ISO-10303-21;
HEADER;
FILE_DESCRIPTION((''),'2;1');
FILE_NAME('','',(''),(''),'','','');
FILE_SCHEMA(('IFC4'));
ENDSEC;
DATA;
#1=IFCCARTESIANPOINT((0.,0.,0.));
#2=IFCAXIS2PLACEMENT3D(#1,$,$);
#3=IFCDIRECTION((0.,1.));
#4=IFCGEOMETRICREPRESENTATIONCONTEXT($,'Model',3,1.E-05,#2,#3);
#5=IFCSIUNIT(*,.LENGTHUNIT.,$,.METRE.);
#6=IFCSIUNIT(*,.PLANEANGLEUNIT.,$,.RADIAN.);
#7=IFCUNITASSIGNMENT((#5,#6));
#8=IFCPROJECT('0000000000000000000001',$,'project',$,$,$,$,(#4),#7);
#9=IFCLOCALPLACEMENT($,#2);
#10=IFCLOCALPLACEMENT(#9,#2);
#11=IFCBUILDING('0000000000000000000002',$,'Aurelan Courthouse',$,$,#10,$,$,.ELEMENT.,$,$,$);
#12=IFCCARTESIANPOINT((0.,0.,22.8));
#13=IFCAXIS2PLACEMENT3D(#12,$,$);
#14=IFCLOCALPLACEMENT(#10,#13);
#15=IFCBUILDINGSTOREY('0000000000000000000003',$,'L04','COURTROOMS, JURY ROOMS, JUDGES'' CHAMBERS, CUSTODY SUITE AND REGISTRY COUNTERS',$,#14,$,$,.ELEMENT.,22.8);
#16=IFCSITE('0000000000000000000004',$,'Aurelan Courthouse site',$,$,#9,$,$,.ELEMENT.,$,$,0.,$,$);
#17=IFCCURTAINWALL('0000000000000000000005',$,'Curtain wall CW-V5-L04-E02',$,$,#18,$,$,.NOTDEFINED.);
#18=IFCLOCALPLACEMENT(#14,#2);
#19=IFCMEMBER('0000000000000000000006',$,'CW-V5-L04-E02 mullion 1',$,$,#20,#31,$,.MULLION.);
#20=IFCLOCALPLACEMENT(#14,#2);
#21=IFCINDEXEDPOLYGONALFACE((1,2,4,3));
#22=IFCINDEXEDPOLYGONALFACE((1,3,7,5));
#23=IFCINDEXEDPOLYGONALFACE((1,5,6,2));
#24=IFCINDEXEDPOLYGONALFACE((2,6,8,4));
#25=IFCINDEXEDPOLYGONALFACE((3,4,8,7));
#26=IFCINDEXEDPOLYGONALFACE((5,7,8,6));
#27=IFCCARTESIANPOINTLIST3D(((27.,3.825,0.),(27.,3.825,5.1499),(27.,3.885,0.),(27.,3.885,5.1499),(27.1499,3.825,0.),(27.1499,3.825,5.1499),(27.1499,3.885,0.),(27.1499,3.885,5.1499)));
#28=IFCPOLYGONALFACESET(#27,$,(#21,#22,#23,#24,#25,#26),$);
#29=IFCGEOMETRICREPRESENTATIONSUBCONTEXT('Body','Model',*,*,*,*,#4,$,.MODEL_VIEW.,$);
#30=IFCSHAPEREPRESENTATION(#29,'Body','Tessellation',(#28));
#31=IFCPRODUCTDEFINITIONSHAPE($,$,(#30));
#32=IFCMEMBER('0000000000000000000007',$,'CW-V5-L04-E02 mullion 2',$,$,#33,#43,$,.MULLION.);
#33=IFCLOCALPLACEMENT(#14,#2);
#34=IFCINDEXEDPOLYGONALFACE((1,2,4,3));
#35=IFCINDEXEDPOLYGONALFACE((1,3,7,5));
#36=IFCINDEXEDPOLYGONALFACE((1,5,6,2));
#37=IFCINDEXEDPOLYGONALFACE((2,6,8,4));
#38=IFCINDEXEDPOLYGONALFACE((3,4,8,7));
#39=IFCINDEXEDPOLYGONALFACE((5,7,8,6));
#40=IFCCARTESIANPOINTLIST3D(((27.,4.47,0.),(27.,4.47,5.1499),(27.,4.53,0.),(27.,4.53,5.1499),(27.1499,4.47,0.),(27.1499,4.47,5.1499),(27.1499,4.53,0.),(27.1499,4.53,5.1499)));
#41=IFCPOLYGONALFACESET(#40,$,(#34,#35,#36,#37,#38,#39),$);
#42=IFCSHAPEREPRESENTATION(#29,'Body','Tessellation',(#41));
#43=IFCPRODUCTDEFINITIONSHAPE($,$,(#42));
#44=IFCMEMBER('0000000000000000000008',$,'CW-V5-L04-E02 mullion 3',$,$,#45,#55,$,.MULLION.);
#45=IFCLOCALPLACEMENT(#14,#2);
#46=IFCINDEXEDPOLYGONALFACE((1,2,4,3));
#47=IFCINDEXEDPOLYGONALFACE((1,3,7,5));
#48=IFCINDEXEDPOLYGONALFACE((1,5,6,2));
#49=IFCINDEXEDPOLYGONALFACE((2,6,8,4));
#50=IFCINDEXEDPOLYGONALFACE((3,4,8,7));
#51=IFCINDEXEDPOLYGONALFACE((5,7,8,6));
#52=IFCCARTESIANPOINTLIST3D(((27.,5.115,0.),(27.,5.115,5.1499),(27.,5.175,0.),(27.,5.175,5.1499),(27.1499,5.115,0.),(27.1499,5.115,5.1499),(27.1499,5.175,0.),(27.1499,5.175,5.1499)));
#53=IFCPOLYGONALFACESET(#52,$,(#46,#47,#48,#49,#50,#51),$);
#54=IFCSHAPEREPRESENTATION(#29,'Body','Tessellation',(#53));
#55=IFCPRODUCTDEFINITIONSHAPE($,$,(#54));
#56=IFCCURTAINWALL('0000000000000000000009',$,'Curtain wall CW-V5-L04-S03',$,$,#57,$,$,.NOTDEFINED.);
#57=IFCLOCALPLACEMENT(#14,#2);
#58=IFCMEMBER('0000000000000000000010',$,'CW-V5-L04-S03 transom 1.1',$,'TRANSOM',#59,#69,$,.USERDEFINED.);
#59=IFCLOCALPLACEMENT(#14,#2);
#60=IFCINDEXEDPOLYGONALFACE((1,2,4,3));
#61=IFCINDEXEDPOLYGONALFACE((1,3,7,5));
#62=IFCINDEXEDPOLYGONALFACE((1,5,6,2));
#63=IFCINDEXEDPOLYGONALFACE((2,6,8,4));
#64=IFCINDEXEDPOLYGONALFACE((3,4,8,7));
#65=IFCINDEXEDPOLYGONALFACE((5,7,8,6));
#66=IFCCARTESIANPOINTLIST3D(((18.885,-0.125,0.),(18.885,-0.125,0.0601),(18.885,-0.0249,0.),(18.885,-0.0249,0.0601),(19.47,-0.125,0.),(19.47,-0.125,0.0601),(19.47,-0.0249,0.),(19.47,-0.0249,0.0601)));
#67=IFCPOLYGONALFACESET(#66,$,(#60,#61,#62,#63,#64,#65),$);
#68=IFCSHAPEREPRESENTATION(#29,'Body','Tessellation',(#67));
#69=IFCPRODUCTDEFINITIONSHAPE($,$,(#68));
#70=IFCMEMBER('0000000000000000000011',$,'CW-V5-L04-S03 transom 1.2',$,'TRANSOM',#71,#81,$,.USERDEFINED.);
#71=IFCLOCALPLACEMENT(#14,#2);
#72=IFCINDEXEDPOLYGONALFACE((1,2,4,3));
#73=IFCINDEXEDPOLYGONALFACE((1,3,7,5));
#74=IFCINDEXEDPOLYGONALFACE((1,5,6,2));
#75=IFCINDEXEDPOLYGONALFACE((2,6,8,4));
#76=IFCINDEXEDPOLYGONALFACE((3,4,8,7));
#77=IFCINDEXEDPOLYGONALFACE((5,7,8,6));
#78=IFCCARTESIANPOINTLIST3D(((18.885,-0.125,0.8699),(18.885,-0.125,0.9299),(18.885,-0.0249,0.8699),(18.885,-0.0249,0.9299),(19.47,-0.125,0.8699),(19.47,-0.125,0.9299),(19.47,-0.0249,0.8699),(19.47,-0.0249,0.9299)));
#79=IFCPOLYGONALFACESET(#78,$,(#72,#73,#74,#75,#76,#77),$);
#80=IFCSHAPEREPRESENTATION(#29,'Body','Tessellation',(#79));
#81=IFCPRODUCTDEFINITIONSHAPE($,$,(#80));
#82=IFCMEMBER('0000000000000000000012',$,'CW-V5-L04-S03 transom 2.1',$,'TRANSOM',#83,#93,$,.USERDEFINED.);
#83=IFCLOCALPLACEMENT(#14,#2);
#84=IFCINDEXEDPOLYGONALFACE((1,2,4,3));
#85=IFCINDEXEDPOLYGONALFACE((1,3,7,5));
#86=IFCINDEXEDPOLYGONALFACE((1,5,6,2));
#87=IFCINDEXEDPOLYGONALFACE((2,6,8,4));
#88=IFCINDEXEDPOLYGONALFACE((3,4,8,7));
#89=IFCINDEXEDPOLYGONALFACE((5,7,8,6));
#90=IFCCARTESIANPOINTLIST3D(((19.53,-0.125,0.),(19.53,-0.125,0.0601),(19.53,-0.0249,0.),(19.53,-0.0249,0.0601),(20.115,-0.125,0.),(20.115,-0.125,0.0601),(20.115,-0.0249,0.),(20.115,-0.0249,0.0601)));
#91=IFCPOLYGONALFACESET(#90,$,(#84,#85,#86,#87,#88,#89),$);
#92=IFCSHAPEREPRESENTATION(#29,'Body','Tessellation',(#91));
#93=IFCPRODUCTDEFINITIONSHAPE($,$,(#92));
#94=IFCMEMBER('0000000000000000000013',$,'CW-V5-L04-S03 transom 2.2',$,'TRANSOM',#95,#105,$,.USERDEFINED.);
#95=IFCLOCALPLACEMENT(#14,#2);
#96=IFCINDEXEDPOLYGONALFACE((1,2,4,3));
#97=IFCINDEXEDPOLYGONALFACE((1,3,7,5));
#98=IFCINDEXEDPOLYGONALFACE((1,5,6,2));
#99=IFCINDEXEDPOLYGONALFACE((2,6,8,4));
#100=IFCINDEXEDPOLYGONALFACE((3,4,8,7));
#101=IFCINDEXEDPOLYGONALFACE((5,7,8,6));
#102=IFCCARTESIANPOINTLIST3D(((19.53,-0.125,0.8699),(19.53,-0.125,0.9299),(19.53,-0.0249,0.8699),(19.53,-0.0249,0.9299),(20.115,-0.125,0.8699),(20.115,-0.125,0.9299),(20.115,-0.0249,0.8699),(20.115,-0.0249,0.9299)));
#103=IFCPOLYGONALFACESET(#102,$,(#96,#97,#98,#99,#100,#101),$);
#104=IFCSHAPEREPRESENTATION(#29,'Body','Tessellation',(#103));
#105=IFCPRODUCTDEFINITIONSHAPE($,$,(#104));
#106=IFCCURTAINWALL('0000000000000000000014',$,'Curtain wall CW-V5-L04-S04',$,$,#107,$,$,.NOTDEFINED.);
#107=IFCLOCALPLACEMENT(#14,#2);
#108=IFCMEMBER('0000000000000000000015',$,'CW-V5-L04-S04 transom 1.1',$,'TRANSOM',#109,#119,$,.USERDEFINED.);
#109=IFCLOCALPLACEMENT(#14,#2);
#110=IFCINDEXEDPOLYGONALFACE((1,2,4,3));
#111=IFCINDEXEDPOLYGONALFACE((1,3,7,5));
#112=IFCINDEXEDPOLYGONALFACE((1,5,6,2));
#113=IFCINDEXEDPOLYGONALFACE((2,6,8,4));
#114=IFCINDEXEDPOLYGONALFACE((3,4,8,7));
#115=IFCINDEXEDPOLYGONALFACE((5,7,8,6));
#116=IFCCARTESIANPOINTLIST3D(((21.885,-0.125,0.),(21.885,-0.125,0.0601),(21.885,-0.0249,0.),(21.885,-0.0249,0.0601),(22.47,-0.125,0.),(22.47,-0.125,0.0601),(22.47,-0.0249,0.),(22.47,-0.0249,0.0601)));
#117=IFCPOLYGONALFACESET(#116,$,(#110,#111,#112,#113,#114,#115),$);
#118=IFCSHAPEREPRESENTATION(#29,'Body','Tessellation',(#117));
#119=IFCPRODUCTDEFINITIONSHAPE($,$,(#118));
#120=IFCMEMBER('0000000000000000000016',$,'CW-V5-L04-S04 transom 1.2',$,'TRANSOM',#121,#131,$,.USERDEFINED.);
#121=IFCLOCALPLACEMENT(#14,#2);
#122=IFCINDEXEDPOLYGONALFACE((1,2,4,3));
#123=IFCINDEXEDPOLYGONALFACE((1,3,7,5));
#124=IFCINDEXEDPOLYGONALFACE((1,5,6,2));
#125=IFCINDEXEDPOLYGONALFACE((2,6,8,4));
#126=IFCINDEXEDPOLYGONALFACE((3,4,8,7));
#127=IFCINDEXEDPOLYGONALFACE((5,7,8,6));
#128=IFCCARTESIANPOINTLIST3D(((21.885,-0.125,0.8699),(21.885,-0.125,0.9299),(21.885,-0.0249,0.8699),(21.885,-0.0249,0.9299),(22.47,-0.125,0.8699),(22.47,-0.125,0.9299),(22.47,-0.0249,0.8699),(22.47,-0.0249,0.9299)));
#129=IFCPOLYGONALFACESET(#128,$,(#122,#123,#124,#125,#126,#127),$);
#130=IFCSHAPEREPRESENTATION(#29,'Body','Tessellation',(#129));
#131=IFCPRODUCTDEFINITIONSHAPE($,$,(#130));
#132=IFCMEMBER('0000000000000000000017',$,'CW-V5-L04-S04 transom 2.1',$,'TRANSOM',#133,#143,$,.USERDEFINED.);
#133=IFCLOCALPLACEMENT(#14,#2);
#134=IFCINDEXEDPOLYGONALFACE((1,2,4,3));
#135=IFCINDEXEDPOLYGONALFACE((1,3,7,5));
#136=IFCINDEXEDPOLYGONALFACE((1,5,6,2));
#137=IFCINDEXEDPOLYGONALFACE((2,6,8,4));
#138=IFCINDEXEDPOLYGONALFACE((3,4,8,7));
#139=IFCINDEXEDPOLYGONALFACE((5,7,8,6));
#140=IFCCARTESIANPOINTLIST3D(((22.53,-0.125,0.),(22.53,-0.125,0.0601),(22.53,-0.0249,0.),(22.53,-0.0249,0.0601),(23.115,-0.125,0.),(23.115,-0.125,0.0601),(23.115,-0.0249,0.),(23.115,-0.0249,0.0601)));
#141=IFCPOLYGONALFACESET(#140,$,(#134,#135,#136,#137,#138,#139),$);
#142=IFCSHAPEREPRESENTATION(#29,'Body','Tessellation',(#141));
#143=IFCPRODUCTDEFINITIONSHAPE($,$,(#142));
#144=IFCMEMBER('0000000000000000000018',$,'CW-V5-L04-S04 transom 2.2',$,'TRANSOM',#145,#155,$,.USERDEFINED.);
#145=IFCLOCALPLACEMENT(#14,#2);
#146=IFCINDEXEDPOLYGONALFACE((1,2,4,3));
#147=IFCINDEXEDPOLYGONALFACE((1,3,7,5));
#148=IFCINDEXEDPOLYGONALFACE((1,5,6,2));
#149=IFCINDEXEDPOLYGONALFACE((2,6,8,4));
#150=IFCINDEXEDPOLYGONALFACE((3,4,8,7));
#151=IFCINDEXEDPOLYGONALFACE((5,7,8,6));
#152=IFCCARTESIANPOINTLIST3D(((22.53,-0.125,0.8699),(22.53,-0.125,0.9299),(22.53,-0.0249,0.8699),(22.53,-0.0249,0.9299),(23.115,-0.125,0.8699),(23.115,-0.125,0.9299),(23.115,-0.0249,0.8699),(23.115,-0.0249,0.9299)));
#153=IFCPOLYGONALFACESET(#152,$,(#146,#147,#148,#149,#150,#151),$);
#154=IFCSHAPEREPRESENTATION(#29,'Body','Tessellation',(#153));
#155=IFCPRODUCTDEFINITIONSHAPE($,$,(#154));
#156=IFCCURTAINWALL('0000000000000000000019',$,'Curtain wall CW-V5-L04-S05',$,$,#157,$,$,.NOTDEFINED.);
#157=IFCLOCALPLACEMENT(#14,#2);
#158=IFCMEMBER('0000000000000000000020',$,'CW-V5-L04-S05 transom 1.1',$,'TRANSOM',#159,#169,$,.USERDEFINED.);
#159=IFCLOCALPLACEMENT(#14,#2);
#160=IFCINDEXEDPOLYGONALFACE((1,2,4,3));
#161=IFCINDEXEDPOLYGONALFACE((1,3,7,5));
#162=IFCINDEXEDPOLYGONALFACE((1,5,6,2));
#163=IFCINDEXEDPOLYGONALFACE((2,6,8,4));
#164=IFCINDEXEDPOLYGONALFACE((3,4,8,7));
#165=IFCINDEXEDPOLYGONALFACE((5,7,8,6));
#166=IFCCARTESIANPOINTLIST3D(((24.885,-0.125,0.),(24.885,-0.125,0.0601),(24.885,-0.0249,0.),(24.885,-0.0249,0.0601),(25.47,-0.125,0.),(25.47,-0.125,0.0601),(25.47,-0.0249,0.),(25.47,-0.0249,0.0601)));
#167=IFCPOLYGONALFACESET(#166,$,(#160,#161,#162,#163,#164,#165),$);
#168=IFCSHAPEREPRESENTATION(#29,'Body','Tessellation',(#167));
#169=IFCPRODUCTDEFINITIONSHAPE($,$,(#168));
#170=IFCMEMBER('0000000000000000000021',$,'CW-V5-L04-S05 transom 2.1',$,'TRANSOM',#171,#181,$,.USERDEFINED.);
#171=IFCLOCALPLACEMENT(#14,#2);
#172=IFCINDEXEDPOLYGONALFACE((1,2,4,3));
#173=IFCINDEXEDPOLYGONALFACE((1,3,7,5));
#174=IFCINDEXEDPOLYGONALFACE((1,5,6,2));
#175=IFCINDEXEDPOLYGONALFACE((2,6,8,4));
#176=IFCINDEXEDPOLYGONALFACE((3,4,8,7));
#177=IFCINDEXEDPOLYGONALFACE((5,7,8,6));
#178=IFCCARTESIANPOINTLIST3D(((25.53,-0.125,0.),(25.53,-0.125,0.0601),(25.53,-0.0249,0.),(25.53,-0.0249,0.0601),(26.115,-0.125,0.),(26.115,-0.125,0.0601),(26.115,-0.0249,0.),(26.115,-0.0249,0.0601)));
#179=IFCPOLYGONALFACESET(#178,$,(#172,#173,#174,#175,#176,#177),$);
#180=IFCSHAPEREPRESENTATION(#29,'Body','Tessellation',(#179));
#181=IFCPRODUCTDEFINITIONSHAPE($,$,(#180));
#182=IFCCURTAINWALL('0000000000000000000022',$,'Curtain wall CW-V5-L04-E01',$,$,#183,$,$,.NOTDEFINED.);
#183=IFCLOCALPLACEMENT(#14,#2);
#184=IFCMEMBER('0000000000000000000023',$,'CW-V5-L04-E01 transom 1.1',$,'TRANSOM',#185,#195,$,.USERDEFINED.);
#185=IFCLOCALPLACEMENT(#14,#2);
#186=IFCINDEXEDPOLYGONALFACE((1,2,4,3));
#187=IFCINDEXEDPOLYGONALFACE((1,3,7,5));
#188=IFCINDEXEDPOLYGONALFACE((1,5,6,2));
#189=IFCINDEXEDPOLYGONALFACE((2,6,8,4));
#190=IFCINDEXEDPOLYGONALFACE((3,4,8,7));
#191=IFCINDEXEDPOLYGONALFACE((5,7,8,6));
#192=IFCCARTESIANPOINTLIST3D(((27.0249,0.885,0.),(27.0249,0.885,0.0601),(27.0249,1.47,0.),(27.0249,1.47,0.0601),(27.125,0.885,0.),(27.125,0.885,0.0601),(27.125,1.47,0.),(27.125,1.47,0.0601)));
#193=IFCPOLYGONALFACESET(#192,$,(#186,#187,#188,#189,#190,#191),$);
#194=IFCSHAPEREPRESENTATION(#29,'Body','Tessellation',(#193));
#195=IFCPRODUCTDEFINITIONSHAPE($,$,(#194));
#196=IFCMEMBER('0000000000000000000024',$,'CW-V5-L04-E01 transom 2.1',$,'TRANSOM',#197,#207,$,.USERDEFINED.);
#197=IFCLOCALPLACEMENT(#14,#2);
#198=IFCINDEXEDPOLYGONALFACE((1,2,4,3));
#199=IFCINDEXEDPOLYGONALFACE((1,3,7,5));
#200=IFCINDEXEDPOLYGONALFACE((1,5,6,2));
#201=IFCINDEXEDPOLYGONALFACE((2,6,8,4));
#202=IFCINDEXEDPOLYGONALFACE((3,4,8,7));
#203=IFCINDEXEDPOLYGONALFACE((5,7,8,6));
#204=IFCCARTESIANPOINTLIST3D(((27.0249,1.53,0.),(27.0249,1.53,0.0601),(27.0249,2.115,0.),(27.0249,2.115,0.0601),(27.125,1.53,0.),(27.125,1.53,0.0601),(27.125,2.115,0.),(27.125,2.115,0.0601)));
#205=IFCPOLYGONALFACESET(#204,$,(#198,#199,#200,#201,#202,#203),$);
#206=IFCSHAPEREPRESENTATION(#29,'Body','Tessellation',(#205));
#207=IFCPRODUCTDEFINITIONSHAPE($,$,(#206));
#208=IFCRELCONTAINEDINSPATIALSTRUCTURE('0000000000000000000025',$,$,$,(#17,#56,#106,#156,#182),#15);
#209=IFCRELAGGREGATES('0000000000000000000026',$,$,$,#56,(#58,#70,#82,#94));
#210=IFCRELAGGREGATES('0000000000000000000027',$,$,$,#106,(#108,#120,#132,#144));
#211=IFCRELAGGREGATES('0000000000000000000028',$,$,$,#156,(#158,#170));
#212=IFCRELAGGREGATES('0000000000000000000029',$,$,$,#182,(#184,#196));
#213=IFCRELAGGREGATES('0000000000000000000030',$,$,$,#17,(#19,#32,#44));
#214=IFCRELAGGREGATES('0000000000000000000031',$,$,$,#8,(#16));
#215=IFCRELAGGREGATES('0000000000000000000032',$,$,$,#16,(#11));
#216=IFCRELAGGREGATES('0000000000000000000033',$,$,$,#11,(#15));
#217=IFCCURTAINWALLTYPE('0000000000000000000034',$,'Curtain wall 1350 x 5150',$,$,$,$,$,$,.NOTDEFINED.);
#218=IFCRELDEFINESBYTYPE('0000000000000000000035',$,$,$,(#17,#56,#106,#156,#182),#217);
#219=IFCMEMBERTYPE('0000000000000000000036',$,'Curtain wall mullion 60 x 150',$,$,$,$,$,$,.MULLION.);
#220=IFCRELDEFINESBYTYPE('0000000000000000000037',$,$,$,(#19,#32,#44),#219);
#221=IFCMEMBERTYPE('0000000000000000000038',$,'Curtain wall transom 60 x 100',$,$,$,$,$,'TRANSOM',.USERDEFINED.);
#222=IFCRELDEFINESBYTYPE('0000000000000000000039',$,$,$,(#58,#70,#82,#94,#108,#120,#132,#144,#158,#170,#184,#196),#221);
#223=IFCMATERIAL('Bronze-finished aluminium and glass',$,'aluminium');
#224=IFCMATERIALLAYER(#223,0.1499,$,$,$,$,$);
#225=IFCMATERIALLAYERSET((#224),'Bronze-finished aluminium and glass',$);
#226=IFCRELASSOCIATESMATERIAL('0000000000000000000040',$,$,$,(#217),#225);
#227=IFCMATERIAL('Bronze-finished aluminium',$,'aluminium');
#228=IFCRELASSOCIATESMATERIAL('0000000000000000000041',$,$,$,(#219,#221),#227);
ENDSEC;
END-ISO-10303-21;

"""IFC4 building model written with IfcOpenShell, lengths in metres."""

from ifc_helpers import new_model, si_unit, direction, frame, origin, origin_2d, place, context, subcontext, project, spatial, rectangle, extrude, material, layer, layer_set, material_profile, profile_set, type_object, element, aggregate, save


model = new_model("IFC4")

# Units and contexts
model_context = context("Model", 3, precision=1e-05, world=origin(), true_north=direction((0.0, 1.0)))
body_context = subcontext(model_context, "Body", "Model", "MODEL_VIEW")
ifc_project = project(units=[si_unit("LENGTHUNIT", "METRE"), si_unit("PLANEANGLEUNIT", "RADIAN")], contexts=[model_context])

# Site, building, storey
site_placement = place(None, origin())
site = spatial("IfcSite", under=ifc_project, at=site_placement, Name="Aurelan Courthouse site", CompositionType="ELEMENT", RefElevation=0.0)
building_placement = place(site_placement, origin())
building = spatial("IfcBuilding", under=site, at=building_placement, Name="Aurelan Courthouse", CompositionType="ELEMENT")
storey_placement = place(building_placement, frame((0.0, 0.0, 22.8)))
storey = spatial("IfcBuildingStorey", under=building, at=storey_placement, Name="L04", Description="COURTROOMS, JURY ROOMS, JUDGES' CHAMBERS, CUSTODY SUITE AND REGISTRY COUNTERS", CompositionType="ELEMENT", Elevation=22.8)

# Curtain walls, members
ifc_material_1 = material(Name="Bronze-finished aluminium and glass", Category="aluminium")
ifc_layer_1 = layer(ifc_material_1, 0.1499)
ifc_layer_set_1 = layer_set([ifc_layer_1], Name="Bronze-finished aluminium and glass")
curtain_wall_type = type_object("IfcCurtainWallType", Name="Curtain wall 1350 x 5150", PredefinedType="NOTDEFINED", material=ifc_layer_set_1)
curtain_wall_1_placement = place(storey_placement, origin())
curtain_wall_1 = element("IfcCurtainWall", 1, at=curtain_wall_1_placement, inside=storey, type_object=curtain_wall_type, Name="Curtain wall CW-V5-L04-E02", PredefinedType="NOTDEFINED")
ifc_material_2 = material(Name="Bronze-finished aluminium", Category="aluminium")
ifc_material_profile_1 = material_profile(ifc_material_2, rectangle(XDim=0.1499, YDim=0.0601, at=origin_2d()), Name="Bronze mullion 60 x 150")
ifc_profile_set_1 = profile_set([ifc_material_profile_1], Name="Bronze-finished aluminium")
member_type_1 = type_object("IfcMemberType", Name="Curtain wall mullion 60 x 150", PredefinedType="MULLION", material=ifc_profile_set_1)
member_1_placement = place(storey_placement, frame((27.075, 3.855, 0.0), z_axis=(0.0, 0.0, 1.0), x_axis=(-1.0, 0.0, 0.0)))
member_1 = element("IfcMember", 2, at=member_1_placement, type_object=member_type_1, Name="CW-V5-L04-E02 mullion 1", PredefinedType="MULLION", context=body_context, shape_type="SweptSolid", body=[
    extrude(rectangle(XDim=0.1499, YDim=0.0601, at=origin_2d()), origin(), (0.0, 0.0, 1.0), 5.1499),
])
member_2_placement = place(storey_placement, frame((27.075, 4.5, 0.0), z_axis=(0.0, 0.0, 1.0), x_axis=(-1.0, 0.0, 0.0)))
member_2 = element("IfcMember", 3, at=member_2_placement, type_object=member_type_1, Name="CW-V5-L04-E02 mullion 2", PredefinedType="MULLION", context=body_context, shape_type="SweptSolid", body=[
    extrude(rectangle(XDim=0.1499, YDim=0.0601, at=origin_2d()), origin(), (0.0, 0.0, 1.0), 5.1499),
])
member_3_placement = place(storey_placement, frame((27.075, 5.145, 0.0), z_axis=(0.0, 0.0, 1.0), x_axis=(-1.0, 0.0, 0.0)))
member_3 = element("IfcMember", 4, at=member_3_placement, type_object=member_type_1, Name="CW-V5-L04-E02 mullion 3", PredefinedType="MULLION", context=body_context, shape_type="SweptSolid", body=[
    extrude(rectangle(XDim=0.1499, YDim=0.0601, at=origin_2d()), origin(), (0.0, 0.0, 1.0), 5.1499),
])
curtain_wall_2_placement = place(storey_placement, origin())
curtain_wall_2 = element("IfcCurtainWall", 5, at=curtain_wall_2_placement, inside=storey, type_object=curtain_wall_type, Name="Curtain wall CW-V5-L04-S03", PredefinedType="NOTDEFINED")
ifc_material_profile_2 = material_profile(ifc_material_2, rectangle(XDim=0.1001, YDim=0.0601, at=origin_2d()), Name="Bronze transom 60 x 100")
ifc_profile_set_2 = profile_set([ifc_material_profile_2], Name="Bronze-finished aluminium")
member_type_2 = type_object("IfcMemberType", Name="Curtain wall transom 60 x 100", ElementType="TRANSOM", PredefinedType="USERDEFINED", material=ifc_profile_set_2)
member_4_placement = place(storey_placement, frame((18.885, -0.075, 0.03), z_axis=(1.0, 0.0, 0.0), x_axis=(0.0, 1.0, 0.0)))
member_4 = element("IfcMember", 6, at=member_4_placement, type_object=member_type_2, Name="CW-V5-L04-S03 transom 1.1", ObjectType="TRANSOM", PredefinedType="USERDEFINED", context=body_context, shape_type="SweptSolid", body=[
    extrude(rectangle(XDim=0.1001, YDim=0.0601, at=origin_2d()), origin(), (0.0, 0.0, 1.0), 0.585),
])
member_5_placement = place(storey_placement, frame((18.885, -0.075, 0.8999), z_axis=(1.0, 0.0, 0.0), x_axis=(0.0, 1.0, 0.0)))
member_5 = element("IfcMember", 7, at=member_5_placement, type_object=member_type_2, Name="CW-V5-L04-S03 transom 1.2", ObjectType="TRANSOM", PredefinedType="USERDEFINED", context=body_context, shape_type="SweptSolid", body=[
    extrude(rectangle(XDim=0.1001, YDim=0.0601, at=origin_2d()), origin(), (0.0, 0.0, 1.0), 0.585),
])
member_6_placement = place(storey_placement, frame((19.53, -0.075, 0.03), z_axis=(1.0, 0.0, 0.0), x_axis=(0.0, 1.0, 0.0)))
member_6 = element("IfcMember", 8, at=member_6_placement, type_object=member_type_2, Name="CW-V5-L04-S03 transom 2.1", ObjectType="TRANSOM", PredefinedType="USERDEFINED", context=body_context, shape_type="SweptSolid", body=[
    extrude(rectangle(XDim=0.1001, YDim=0.0601, at=origin_2d()), origin(), (0.0, 0.0, 1.0), 0.585),
])
member_7_placement = place(storey_placement, frame((19.53, -0.075, 0.8999), z_axis=(1.0, 0.0, 0.0), x_axis=(0.0, 1.0, 0.0)))
member_7 = element("IfcMember", 9, at=member_7_placement, type_object=member_type_2, Name="CW-V5-L04-S03 transom 2.2", ObjectType="TRANSOM", PredefinedType="USERDEFINED", context=body_context, shape_type="SweptSolid", body=[
    extrude(rectangle(XDim=0.1001, YDim=0.0601, at=origin_2d()), origin(), (0.0, 0.0, 1.0), 0.585),
])
curtain_wall_3_placement = place(storey_placement, origin())
curtain_wall_3 = element("IfcCurtainWall", 10, at=curtain_wall_3_placement, inside=storey, type_object=curtain_wall_type, Name="Curtain wall CW-V5-L04-S04", PredefinedType="NOTDEFINED")
member_8_placement = place(storey_placement, frame((21.885, -0.075, 0.03), z_axis=(1.0, 0.0, 0.0), x_axis=(0.0, 1.0, 0.0)))
member_8 = element("IfcMember", 11, at=member_8_placement, type_object=member_type_2, Name="CW-V5-L04-S04 transom 1.1", ObjectType="TRANSOM", PredefinedType="USERDEFINED", context=body_context, shape_type="SweptSolid", body=[
    extrude(rectangle(XDim=0.1001, YDim=0.0601, at=origin_2d()), origin(), (0.0, 0.0, 1.0), 0.585),
])
member_9_placement = place(storey_placement, frame((21.885, -0.075, 0.8999), z_axis=(1.0, 0.0, 0.0), x_axis=(0.0, 1.0, 0.0)))
member_9 = element("IfcMember", 12, at=member_9_placement, type_object=member_type_2, Name="CW-V5-L04-S04 transom 1.2", ObjectType="TRANSOM", PredefinedType="USERDEFINED", context=body_context, shape_type="SweptSolid", body=[
    extrude(rectangle(XDim=0.1001, YDim=0.0601, at=origin_2d()), origin(), (0.0, 0.0, 1.0), 0.585),
])
member_10_placement = place(storey_placement, frame((22.53, -0.075, 0.03), z_axis=(1.0, 0.0, 0.0), x_axis=(0.0, 1.0, 0.0)))
member_10 = element("IfcMember", 13, at=member_10_placement, type_object=member_type_2, Name="CW-V5-L04-S04 transom 2.1", ObjectType="TRANSOM", PredefinedType="USERDEFINED", context=body_context, shape_type="SweptSolid", body=[
    extrude(rectangle(XDim=0.1001, YDim=0.0601, at=origin_2d()), origin(), (0.0, 0.0, 1.0), 0.585),
])
member_11_placement = place(storey_placement, frame((22.53, -0.075, 0.8999), z_axis=(1.0, 0.0, 0.0), x_axis=(0.0, 1.0, 0.0)))
member_11 = element("IfcMember", 14, at=member_11_placement, type_object=member_type_2, Name="CW-V5-L04-S04 transom 2.2", ObjectType="TRANSOM", PredefinedType="USERDEFINED", context=body_context, shape_type="SweptSolid", body=[
    extrude(rectangle(XDim=0.1001, YDim=0.0601, at=origin_2d()), origin(), (0.0, 0.0, 1.0), 0.585),
])
curtain_wall_4_placement = place(storey_placement, origin())
curtain_wall_4 = element("IfcCurtainWall", 15, at=curtain_wall_4_placement, inside=storey, type_object=curtain_wall_type, Name="Curtain wall CW-V5-L04-S05", PredefinedType="NOTDEFINED")
member_12_placement = place(storey_placement, frame((24.885, -0.075, 0.03), z_axis=(1.0, 0.0, 0.0), x_axis=(0.0, 1.0, 0.0)))
member_12 = element("IfcMember", 16, at=member_12_placement, type_object=member_type_2, Name="CW-V5-L04-S05 transom 1.1", ObjectType="TRANSOM", PredefinedType="USERDEFINED", context=body_context, shape_type="SweptSolid", body=[
    extrude(rectangle(XDim=0.1001, YDim=0.0601, at=origin_2d()), origin(), (0.0, 0.0, 1.0), 0.585),
])
member_13_placement = place(storey_placement, frame((25.53, -0.075, 0.03), z_axis=(1.0, 0.0, 0.0), x_axis=(0.0, 1.0, 0.0)))
member_13 = element("IfcMember", 17, at=member_13_placement, type_object=member_type_2, Name="CW-V5-L04-S05 transom 2.1", ObjectType="TRANSOM", PredefinedType="USERDEFINED", context=body_context, shape_type="SweptSolid", body=[
    extrude(rectangle(XDim=0.1001, YDim=0.0601, at=origin_2d()), origin(), (0.0, 0.0, 1.0), 0.585),
])
curtain_wall_5_placement = place(storey_placement, origin())
curtain_wall_5 = element("IfcCurtainWall", 18, at=curtain_wall_5_placement, inside=storey, type_object=curtain_wall_type, Name="Curtain wall CW-V5-L04-E01", PredefinedType="NOTDEFINED")
member_14_placement = place(storey_placement, frame((27.075, 0.885, 0.03), z_axis=(0.0, 1.0, 0.0), x_axis=(-1.0, 0.0, 0.0)))
member_14 = element("IfcMember", 19, at=member_14_placement, type_object=member_type_2, Name="CW-V5-L04-E01 transom 1.1", ObjectType="TRANSOM", PredefinedType="USERDEFINED", context=body_context, shape_type="SweptSolid", body=[
    extrude(rectangle(XDim=0.1001, YDim=0.0601, at=origin_2d()), origin(), (0.0, 0.0, 1.0), 0.585),
])
member_15_placement = place(storey_placement, frame((27.075, 1.53, 0.03), z_axis=(0.0, 1.0, 0.0), x_axis=(-1.0, 0.0, 0.0)))
member_15 = element("IfcMember", 20, at=member_15_placement, type_object=member_type_2, Name="CW-V5-L04-E01 transom 2.1", ObjectType="TRANSOM", PredefinedType="USERDEFINED", context=body_context, shape_type="SweptSolid", body=[
    extrude(rectangle(XDim=0.1001, YDim=0.0601, at=origin_2d()), origin(), (0.0, 0.0, 1.0), 0.585),
])

aggregate(curtain_wall_2, [member_4, member_5, member_6, member_7])
aggregate(curtain_wall_3, [member_8, member_9, member_10, member_11])
aggregate(curtain_wall_4, [member_12, member_13])
aggregate(curtain_wall_5, [member_14, member_15])
aggregate(curtain_wall_1, [member_1, member_2, member_3])

save(model, "model.ifc")
